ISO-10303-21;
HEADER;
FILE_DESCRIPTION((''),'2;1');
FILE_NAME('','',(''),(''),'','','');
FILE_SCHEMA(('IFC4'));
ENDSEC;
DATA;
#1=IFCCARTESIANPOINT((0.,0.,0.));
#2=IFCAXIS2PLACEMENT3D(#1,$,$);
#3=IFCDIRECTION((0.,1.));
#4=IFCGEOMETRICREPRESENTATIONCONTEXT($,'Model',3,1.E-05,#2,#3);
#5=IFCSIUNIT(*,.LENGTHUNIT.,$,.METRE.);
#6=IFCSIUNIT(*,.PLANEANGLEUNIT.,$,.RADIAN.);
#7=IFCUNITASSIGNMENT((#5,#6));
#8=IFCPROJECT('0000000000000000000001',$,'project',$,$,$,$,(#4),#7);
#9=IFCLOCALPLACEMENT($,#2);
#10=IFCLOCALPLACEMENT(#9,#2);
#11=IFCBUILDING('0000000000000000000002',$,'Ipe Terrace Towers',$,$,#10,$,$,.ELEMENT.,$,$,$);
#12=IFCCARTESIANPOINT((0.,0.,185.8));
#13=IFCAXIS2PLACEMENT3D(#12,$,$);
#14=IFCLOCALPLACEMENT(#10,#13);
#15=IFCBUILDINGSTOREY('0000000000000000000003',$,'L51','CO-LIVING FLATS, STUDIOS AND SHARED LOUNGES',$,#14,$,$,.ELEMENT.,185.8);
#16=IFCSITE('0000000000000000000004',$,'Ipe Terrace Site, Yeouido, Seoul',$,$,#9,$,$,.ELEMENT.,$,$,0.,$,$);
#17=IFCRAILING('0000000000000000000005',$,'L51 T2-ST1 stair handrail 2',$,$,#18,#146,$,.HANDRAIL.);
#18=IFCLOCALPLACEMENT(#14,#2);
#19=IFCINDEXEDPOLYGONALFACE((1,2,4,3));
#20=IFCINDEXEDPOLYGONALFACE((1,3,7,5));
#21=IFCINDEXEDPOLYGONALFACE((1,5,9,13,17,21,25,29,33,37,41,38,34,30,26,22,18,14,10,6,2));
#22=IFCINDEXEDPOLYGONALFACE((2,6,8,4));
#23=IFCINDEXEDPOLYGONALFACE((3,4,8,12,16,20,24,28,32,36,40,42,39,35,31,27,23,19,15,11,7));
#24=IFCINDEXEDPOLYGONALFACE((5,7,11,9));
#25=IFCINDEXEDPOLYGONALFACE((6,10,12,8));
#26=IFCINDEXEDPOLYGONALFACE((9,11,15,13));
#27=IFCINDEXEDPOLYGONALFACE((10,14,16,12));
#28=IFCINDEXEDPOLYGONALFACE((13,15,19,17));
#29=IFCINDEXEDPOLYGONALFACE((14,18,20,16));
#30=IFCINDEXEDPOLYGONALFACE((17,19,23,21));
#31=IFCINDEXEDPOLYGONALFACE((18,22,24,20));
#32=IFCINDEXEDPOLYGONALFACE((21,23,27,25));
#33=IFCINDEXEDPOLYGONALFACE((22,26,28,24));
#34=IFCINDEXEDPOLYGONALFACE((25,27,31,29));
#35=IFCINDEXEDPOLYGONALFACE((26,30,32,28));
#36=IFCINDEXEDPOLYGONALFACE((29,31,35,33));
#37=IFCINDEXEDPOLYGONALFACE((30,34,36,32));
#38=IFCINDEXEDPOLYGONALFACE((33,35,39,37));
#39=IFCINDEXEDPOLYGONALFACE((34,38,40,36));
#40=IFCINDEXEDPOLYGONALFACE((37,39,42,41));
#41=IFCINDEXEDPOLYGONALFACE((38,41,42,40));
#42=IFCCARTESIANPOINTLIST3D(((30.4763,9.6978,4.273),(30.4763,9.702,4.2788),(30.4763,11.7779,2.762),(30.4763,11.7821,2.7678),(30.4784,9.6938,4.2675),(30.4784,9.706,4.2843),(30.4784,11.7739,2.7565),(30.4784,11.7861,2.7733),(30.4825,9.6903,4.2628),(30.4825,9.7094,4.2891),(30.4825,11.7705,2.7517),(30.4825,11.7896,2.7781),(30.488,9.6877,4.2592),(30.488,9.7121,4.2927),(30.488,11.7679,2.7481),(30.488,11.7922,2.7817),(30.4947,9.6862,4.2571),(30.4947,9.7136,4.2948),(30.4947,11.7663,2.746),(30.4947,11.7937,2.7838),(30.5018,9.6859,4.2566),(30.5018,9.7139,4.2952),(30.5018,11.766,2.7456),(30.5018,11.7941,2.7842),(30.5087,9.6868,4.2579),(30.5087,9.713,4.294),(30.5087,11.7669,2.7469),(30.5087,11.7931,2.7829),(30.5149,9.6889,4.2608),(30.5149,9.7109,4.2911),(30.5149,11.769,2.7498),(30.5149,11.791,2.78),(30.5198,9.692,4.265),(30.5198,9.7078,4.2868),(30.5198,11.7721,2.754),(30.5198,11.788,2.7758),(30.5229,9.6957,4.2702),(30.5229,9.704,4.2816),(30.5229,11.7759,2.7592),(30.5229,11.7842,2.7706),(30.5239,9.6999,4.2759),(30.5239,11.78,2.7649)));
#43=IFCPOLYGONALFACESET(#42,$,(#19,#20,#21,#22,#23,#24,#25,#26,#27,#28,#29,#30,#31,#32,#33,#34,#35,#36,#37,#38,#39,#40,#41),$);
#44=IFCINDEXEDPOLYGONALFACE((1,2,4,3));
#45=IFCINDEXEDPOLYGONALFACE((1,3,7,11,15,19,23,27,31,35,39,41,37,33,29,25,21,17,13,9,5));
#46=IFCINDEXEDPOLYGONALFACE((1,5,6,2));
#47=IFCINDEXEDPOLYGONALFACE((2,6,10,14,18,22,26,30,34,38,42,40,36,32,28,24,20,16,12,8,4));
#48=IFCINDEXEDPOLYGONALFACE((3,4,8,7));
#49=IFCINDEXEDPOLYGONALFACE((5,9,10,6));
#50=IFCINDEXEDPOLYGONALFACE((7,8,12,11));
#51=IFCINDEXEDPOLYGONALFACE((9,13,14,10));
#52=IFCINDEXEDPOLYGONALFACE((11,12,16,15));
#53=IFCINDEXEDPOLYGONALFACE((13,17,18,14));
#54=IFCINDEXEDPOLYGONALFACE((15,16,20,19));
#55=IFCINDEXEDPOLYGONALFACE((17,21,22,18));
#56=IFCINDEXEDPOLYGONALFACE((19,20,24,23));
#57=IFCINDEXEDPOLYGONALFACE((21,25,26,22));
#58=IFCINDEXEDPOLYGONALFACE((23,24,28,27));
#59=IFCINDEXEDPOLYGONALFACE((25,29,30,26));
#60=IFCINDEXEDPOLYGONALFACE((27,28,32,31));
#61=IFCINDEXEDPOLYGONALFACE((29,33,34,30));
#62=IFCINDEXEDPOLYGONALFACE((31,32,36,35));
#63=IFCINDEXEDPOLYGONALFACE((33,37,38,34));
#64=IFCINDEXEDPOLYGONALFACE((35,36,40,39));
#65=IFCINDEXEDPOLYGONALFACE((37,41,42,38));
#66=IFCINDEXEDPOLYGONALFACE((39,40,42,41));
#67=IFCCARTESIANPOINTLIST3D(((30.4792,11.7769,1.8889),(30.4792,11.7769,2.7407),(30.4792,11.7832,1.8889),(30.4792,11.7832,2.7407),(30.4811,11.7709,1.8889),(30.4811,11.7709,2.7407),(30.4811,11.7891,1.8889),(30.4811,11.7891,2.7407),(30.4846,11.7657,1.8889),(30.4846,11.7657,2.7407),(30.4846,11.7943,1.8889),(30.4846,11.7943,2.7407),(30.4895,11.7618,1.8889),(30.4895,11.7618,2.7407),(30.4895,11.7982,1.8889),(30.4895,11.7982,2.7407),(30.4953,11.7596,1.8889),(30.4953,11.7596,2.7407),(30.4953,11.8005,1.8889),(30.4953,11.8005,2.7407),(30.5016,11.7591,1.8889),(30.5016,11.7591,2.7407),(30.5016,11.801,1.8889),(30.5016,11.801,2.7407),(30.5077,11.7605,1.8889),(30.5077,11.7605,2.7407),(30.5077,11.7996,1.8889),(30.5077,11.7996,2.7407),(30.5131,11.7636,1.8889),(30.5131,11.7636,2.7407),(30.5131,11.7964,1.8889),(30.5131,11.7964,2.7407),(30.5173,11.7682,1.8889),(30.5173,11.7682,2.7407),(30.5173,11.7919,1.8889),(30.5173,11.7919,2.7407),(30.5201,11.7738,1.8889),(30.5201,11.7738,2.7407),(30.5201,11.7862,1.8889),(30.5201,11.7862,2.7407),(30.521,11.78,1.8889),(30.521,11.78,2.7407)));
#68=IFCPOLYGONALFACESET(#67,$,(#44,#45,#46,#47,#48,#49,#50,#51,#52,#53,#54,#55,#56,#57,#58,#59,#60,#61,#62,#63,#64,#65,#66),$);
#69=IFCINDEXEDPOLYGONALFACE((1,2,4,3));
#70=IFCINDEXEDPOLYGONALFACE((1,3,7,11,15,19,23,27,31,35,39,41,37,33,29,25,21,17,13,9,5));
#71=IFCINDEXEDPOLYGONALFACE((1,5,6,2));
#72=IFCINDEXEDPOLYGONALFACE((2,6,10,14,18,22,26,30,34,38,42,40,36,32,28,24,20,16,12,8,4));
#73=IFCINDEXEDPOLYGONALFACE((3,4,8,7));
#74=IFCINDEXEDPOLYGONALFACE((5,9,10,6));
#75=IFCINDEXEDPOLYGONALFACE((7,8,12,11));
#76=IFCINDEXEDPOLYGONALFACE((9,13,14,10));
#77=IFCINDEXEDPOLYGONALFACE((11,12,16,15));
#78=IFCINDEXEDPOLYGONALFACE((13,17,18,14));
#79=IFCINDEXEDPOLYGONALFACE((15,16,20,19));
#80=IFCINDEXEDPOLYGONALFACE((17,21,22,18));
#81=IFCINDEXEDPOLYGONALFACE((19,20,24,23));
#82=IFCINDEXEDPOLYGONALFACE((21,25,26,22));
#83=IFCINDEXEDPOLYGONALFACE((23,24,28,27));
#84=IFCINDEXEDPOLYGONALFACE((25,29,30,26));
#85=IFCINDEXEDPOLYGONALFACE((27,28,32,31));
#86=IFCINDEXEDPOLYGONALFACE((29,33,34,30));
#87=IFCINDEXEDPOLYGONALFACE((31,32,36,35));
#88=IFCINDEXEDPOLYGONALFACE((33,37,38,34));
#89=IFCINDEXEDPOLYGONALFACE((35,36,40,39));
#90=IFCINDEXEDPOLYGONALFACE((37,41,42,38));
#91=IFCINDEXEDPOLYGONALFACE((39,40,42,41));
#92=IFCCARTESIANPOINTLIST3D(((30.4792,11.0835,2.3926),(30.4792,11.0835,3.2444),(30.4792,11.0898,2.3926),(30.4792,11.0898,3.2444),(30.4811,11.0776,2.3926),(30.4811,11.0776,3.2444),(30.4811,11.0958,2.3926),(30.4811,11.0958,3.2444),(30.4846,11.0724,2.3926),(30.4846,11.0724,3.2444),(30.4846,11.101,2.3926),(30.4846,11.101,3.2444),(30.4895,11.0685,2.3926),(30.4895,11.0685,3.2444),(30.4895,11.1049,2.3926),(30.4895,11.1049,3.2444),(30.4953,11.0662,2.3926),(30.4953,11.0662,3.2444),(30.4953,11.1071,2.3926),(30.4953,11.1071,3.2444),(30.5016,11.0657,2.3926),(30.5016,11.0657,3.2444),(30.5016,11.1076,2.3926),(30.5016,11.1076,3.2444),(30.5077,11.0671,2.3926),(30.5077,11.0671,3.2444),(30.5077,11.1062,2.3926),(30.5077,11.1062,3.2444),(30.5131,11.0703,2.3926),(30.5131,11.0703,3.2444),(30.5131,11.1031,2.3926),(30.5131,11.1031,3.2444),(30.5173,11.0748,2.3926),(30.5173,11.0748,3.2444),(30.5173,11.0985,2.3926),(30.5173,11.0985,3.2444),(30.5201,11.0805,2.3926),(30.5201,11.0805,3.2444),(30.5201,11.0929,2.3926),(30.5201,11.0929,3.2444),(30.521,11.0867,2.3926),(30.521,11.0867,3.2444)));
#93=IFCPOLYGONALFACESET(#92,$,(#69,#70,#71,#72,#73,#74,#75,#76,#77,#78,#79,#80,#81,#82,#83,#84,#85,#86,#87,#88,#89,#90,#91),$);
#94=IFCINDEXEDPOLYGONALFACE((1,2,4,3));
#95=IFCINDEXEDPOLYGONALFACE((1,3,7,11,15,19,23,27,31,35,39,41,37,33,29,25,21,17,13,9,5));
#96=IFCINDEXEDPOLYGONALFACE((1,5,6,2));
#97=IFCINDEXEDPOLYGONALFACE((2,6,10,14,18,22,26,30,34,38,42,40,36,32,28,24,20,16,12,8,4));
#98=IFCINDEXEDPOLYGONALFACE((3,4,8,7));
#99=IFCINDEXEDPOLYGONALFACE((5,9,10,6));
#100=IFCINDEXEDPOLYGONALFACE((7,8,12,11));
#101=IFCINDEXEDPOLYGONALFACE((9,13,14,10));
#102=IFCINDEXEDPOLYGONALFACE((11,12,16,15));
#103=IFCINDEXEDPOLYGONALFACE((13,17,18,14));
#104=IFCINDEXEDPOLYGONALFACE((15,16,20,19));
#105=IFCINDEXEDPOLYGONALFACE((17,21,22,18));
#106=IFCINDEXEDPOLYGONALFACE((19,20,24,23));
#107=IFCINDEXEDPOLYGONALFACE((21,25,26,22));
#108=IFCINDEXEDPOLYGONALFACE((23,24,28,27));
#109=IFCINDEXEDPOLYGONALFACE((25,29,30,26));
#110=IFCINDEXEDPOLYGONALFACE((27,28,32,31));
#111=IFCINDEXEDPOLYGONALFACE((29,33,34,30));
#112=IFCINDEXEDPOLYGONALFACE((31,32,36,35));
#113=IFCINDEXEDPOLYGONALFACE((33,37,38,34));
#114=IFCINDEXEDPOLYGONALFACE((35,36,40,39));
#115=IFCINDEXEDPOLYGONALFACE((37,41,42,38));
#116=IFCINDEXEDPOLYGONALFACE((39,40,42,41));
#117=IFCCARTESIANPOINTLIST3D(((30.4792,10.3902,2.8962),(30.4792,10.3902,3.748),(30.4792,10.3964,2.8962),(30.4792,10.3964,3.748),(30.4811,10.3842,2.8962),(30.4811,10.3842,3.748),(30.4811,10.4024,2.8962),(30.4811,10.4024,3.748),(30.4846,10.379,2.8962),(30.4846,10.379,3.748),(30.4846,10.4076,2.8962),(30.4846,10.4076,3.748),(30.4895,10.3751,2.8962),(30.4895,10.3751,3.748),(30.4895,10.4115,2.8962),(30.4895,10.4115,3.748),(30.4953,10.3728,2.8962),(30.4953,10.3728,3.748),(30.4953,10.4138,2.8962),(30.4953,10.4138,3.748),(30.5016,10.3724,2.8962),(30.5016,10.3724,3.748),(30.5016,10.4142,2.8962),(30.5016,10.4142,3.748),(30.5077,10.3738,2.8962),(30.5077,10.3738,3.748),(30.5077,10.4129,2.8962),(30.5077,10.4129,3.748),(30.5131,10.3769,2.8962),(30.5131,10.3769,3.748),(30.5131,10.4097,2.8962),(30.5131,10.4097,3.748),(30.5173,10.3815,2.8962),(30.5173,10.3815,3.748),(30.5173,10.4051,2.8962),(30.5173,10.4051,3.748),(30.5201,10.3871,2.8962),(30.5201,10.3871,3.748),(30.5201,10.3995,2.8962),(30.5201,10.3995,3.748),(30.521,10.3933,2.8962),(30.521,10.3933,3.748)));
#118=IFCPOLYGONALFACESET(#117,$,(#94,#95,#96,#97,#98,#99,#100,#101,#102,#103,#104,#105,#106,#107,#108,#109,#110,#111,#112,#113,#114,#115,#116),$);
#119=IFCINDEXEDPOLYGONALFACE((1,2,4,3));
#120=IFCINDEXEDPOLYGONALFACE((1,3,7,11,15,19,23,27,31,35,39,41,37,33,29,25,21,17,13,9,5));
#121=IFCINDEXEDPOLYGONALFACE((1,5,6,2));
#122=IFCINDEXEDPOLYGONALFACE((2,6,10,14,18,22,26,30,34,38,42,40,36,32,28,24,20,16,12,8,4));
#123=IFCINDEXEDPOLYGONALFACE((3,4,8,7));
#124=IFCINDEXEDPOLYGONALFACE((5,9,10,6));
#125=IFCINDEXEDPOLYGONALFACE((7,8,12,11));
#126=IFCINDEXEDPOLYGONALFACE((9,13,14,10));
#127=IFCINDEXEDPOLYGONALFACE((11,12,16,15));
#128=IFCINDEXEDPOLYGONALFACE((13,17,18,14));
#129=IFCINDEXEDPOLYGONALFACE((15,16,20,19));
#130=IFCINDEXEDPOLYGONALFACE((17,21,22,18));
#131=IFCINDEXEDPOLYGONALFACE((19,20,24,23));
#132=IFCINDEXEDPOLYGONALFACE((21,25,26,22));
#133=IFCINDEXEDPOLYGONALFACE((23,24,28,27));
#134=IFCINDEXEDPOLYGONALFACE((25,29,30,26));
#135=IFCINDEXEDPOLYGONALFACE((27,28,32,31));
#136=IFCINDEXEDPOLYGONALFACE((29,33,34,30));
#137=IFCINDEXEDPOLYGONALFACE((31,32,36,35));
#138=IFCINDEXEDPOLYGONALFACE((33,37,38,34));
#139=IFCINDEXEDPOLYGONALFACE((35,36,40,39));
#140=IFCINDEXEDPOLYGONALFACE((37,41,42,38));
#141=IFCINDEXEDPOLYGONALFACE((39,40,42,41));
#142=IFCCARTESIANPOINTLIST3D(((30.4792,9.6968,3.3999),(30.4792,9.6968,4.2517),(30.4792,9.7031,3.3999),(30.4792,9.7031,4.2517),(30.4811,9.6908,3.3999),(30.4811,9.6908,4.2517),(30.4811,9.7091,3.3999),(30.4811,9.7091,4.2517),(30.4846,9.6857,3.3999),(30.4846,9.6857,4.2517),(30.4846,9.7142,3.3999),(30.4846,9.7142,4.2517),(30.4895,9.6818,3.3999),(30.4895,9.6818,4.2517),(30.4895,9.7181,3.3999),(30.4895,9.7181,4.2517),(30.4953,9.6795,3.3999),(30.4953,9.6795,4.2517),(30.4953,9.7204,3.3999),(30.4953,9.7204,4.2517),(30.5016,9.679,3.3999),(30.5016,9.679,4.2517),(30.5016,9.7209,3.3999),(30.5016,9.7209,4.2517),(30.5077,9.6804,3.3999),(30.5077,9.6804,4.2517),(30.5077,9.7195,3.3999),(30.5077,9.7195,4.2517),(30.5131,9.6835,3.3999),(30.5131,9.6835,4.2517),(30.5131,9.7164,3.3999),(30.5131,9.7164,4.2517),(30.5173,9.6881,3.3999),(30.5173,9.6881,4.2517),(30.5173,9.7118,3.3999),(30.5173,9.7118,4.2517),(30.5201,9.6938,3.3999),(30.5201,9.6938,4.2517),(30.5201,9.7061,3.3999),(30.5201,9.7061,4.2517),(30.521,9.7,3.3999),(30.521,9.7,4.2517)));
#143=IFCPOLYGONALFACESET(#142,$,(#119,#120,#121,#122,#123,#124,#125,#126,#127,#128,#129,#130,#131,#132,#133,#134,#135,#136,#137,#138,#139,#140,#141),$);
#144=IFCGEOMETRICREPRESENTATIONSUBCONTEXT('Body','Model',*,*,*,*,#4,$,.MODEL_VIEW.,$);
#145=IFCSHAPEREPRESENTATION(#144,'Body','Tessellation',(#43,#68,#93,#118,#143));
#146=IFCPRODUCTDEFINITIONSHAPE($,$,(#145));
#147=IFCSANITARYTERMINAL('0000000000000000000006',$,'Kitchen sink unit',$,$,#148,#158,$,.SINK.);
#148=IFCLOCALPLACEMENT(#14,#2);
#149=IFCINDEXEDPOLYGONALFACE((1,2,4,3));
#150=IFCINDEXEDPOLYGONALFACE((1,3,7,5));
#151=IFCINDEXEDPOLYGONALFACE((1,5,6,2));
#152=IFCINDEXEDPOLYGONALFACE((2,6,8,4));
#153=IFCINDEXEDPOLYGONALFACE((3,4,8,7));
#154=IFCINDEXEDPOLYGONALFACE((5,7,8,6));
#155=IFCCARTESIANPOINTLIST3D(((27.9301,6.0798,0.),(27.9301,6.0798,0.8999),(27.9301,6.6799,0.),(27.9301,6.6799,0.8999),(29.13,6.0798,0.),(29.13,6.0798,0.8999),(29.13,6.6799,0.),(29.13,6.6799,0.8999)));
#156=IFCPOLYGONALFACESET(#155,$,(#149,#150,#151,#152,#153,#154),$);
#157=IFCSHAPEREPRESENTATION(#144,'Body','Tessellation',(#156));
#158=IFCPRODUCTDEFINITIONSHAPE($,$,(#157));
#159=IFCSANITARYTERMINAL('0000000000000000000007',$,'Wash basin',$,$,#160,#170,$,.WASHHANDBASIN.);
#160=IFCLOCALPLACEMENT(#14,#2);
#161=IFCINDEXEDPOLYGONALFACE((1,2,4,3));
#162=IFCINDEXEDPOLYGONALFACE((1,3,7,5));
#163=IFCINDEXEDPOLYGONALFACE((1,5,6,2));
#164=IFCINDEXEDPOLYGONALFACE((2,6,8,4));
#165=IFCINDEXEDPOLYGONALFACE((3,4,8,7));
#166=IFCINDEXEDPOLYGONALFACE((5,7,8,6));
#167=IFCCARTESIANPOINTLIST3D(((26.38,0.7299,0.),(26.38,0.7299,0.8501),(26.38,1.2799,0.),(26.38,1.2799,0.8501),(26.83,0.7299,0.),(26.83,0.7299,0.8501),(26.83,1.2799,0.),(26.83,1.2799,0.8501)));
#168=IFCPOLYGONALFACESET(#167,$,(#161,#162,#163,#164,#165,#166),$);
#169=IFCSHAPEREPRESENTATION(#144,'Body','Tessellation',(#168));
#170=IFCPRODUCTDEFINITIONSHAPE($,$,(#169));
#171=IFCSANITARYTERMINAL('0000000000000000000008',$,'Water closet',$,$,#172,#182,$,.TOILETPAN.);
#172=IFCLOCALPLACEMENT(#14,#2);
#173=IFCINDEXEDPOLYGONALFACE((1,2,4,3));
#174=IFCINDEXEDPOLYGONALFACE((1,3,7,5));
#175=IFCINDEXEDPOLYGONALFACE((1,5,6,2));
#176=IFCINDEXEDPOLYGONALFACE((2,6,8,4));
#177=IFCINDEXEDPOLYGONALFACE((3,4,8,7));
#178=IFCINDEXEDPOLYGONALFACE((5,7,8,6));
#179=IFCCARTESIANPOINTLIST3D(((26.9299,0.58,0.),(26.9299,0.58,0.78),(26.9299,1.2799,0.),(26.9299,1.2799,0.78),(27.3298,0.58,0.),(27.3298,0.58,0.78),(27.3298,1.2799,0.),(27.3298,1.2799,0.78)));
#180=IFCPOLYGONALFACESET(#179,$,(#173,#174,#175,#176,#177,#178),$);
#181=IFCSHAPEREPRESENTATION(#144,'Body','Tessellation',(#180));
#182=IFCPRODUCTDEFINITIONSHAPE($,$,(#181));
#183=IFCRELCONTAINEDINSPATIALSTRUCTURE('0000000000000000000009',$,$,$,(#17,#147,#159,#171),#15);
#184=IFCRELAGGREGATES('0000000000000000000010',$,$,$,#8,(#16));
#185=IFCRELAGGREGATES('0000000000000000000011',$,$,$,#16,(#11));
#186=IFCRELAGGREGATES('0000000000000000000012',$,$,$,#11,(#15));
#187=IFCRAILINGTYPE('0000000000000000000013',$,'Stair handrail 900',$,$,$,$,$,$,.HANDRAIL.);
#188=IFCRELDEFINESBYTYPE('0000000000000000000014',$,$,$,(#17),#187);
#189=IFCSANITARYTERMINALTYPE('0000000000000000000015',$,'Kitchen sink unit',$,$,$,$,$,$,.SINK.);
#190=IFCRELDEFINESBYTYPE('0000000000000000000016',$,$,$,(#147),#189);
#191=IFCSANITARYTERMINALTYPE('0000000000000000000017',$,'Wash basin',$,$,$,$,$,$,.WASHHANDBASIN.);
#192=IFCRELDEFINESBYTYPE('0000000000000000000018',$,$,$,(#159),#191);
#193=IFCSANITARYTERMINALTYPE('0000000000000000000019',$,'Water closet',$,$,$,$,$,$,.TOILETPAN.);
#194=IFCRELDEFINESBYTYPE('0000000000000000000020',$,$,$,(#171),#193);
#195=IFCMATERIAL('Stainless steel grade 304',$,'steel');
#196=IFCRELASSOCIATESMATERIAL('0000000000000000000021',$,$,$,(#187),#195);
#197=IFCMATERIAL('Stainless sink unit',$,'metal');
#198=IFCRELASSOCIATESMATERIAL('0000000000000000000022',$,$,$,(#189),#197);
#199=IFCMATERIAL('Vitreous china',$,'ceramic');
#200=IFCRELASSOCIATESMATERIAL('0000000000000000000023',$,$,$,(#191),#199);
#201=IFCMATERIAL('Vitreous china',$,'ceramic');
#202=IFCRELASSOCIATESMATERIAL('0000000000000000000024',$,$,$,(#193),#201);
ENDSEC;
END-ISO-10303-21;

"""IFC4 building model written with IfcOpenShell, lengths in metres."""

from ifc_helpers import new_model, si_unit, direction, frame, origin, origin_2d, place, context, subcontext, project, spatial, rectangle, circle, extrude, material, type_object, element, save


model = new_model("IFC4")

# Units and contexts
model_context = context("Model", 3, precision=1e-05, world=origin(), true_north=direction((0.0, 1.0)))
body_context = subcontext(model_context, "Body", "Model", "MODEL_VIEW")
ifc_project = project(units=[si_unit("LENGTHUNIT", "METRE"), si_unit("PLANEANGLEUNIT", "RADIAN")], contexts=[model_context])

# Site, building, storey
site_placement = place(None, origin())
site = spatial("IfcSite", under=ifc_project, at=site_placement, Name="Ipe Terrace Site, Yeouido, Seoul", CompositionType="ELEMENT", RefElevation=0.0)
building_placement = place(site_placement, origin())
building = spatial("IfcBuilding", under=site, at=building_placement, Name="Ipe Terrace Towers", CompositionType="ELEMENT")
storey_placement = place(building_placement, frame((0.0, 0.0, 185.8)))
storey = spatial("IfcBuildingStorey", under=building, at=storey_placement, Name="L51", Description="CO-LIVING FLATS, STUDIOS AND SHARED LOUNGES", CompositionType="ELEMENT", Elevation=185.8)

# Railing
ifc_material_1 = material(Name="Stainless steel grade 304", Category="steel")
railing_type = type_object("IfcRailingType", Name="Stair handrail 900", PredefinedType="HANDRAIL", material=ifc_material_1)
railing_placement = place(storey_placement, frame((30.5, 11.78, 1.8889)))
element("IfcRailing", 1, at=railing_placement, inside=storey, type_object=railing_type, Name="L51 T2-ST1 stair handrail 2", PredefinedType="HANDRAIL", context=body_context, shape_type="SweptSolid", body=[
    extrude(circle(Radius=0.0239, at=origin_2d()), frame((0.0, 0.0, 0.876), z_axis=(0.0, -0.809069, 0.587714), x_axis=(1.0, 0.0, 0.0)), (0.0, 0.0, 1.0), 2.571),
    extrude(circle(Radius=0.021, at=origin_2d()), origin(), (0.0, 0.0, 1.0), 0.8518),
    extrude(circle(Radius=0.021, at=origin_2d()), frame((0.0, -0.6934, 0.5037)), (0.0, 0.0, 1.0), 0.8518),
    extrude(circle(Radius=0.021, at=origin_2d()), frame((0.0, -1.3867, 1.0073)), (0.0, 0.0, 1.0), 0.8518),
    extrude(circle(Radius=0.021, at=origin_2d()), frame((0.0, -2.0801, 1.511)), (0.0, 0.0, 1.0), 0.8518),
])

# Sanitary terminals
ifc_material_2 = material(Name="Stainless sink unit", Category="metal")
sanitary_terminal_type_1 = type_object("IfcSanitaryTerminalType", Name="Kitchen sink unit", PredefinedType="SINK", material=ifc_material_2)
sanitary_terminal_1_placement = place(storey_placement, frame((28.53, 6.3799, 0.0), z_axis=(0.0, 0.0, 1.0), x_axis=(1.0, 0.0, 0.0)))
element("IfcSanitaryTerminal", 2, at=sanitary_terminal_1_placement, inside=storey, type_object=sanitary_terminal_type_1, Name="Kitchen sink unit", PredefinedType="SINK", context=body_context, shape_type="SweptSolid", body=[
    extrude(rectangle(XDim=1.2, YDim=0.6001, at=origin_2d()), origin(), (0.0, 0.0, 1.0), 0.8999),
])
ifc_material_3 = material(Name="Vitreous china", Category="ceramic")
sanitary_terminal_type_2 = type_object("IfcSanitaryTerminalType", Name="Wash basin", PredefinedType="WASHHANDBASIN", material=ifc_material_3)
sanitary_terminal_2_placement = place(storey_placement, frame((26.605, 1.0049, 0.0), z_axis=(0.0, 0.0, 1.0), x_axis=(0.0, -1.0, 0.0)))
element("IfcSanitaryTerminal", 3, at=sanitary_terminal_2_placement, inside=storey, type_object=sanitary_terminal_type_2, Name="Wash basin", PredefinedType="WASHHANDBASIN", context=body_context, shape_type="SweptSolid", body=[
    extrude(rectangle(XDim=0.55, YDim=0.45, at=origin_2d()), origin(), (0.0, 0.0, 1.0), 0.8501),
])
ifc_material_4 = material(Name="Vitreous china", Category="ceramic")
sanitary_terminal_type_3 = type_object("IfcSanitaryTerminalType", Name="Water closet", PredefinedType="TOILETPAN", material=ifc_material_4)
sanitary_terminal_3_placement = place(storey_placement, frame((27.1299, 0.9299, 0.0), z_axis=(0.0, 0.0, 1.0), x_axis=(0.0, -1.0, 0.0)))
element("IfcSanitaryTerminal", 4, at=sanitary_terminal_3_placement, inside=storey, type_object=sanitary_terminal_type_3, Name="Water closet", PredefinedType="TOILETPAN", context=body_context, shape_type="SweptSolid", body=[
    extrude(rectangle(XDim=0.7, YDim=0.3999, at=origin_2d()), origin(), (0.0, 0.0, 1.0), 0.78),
])

save(model, "model.ifc")
